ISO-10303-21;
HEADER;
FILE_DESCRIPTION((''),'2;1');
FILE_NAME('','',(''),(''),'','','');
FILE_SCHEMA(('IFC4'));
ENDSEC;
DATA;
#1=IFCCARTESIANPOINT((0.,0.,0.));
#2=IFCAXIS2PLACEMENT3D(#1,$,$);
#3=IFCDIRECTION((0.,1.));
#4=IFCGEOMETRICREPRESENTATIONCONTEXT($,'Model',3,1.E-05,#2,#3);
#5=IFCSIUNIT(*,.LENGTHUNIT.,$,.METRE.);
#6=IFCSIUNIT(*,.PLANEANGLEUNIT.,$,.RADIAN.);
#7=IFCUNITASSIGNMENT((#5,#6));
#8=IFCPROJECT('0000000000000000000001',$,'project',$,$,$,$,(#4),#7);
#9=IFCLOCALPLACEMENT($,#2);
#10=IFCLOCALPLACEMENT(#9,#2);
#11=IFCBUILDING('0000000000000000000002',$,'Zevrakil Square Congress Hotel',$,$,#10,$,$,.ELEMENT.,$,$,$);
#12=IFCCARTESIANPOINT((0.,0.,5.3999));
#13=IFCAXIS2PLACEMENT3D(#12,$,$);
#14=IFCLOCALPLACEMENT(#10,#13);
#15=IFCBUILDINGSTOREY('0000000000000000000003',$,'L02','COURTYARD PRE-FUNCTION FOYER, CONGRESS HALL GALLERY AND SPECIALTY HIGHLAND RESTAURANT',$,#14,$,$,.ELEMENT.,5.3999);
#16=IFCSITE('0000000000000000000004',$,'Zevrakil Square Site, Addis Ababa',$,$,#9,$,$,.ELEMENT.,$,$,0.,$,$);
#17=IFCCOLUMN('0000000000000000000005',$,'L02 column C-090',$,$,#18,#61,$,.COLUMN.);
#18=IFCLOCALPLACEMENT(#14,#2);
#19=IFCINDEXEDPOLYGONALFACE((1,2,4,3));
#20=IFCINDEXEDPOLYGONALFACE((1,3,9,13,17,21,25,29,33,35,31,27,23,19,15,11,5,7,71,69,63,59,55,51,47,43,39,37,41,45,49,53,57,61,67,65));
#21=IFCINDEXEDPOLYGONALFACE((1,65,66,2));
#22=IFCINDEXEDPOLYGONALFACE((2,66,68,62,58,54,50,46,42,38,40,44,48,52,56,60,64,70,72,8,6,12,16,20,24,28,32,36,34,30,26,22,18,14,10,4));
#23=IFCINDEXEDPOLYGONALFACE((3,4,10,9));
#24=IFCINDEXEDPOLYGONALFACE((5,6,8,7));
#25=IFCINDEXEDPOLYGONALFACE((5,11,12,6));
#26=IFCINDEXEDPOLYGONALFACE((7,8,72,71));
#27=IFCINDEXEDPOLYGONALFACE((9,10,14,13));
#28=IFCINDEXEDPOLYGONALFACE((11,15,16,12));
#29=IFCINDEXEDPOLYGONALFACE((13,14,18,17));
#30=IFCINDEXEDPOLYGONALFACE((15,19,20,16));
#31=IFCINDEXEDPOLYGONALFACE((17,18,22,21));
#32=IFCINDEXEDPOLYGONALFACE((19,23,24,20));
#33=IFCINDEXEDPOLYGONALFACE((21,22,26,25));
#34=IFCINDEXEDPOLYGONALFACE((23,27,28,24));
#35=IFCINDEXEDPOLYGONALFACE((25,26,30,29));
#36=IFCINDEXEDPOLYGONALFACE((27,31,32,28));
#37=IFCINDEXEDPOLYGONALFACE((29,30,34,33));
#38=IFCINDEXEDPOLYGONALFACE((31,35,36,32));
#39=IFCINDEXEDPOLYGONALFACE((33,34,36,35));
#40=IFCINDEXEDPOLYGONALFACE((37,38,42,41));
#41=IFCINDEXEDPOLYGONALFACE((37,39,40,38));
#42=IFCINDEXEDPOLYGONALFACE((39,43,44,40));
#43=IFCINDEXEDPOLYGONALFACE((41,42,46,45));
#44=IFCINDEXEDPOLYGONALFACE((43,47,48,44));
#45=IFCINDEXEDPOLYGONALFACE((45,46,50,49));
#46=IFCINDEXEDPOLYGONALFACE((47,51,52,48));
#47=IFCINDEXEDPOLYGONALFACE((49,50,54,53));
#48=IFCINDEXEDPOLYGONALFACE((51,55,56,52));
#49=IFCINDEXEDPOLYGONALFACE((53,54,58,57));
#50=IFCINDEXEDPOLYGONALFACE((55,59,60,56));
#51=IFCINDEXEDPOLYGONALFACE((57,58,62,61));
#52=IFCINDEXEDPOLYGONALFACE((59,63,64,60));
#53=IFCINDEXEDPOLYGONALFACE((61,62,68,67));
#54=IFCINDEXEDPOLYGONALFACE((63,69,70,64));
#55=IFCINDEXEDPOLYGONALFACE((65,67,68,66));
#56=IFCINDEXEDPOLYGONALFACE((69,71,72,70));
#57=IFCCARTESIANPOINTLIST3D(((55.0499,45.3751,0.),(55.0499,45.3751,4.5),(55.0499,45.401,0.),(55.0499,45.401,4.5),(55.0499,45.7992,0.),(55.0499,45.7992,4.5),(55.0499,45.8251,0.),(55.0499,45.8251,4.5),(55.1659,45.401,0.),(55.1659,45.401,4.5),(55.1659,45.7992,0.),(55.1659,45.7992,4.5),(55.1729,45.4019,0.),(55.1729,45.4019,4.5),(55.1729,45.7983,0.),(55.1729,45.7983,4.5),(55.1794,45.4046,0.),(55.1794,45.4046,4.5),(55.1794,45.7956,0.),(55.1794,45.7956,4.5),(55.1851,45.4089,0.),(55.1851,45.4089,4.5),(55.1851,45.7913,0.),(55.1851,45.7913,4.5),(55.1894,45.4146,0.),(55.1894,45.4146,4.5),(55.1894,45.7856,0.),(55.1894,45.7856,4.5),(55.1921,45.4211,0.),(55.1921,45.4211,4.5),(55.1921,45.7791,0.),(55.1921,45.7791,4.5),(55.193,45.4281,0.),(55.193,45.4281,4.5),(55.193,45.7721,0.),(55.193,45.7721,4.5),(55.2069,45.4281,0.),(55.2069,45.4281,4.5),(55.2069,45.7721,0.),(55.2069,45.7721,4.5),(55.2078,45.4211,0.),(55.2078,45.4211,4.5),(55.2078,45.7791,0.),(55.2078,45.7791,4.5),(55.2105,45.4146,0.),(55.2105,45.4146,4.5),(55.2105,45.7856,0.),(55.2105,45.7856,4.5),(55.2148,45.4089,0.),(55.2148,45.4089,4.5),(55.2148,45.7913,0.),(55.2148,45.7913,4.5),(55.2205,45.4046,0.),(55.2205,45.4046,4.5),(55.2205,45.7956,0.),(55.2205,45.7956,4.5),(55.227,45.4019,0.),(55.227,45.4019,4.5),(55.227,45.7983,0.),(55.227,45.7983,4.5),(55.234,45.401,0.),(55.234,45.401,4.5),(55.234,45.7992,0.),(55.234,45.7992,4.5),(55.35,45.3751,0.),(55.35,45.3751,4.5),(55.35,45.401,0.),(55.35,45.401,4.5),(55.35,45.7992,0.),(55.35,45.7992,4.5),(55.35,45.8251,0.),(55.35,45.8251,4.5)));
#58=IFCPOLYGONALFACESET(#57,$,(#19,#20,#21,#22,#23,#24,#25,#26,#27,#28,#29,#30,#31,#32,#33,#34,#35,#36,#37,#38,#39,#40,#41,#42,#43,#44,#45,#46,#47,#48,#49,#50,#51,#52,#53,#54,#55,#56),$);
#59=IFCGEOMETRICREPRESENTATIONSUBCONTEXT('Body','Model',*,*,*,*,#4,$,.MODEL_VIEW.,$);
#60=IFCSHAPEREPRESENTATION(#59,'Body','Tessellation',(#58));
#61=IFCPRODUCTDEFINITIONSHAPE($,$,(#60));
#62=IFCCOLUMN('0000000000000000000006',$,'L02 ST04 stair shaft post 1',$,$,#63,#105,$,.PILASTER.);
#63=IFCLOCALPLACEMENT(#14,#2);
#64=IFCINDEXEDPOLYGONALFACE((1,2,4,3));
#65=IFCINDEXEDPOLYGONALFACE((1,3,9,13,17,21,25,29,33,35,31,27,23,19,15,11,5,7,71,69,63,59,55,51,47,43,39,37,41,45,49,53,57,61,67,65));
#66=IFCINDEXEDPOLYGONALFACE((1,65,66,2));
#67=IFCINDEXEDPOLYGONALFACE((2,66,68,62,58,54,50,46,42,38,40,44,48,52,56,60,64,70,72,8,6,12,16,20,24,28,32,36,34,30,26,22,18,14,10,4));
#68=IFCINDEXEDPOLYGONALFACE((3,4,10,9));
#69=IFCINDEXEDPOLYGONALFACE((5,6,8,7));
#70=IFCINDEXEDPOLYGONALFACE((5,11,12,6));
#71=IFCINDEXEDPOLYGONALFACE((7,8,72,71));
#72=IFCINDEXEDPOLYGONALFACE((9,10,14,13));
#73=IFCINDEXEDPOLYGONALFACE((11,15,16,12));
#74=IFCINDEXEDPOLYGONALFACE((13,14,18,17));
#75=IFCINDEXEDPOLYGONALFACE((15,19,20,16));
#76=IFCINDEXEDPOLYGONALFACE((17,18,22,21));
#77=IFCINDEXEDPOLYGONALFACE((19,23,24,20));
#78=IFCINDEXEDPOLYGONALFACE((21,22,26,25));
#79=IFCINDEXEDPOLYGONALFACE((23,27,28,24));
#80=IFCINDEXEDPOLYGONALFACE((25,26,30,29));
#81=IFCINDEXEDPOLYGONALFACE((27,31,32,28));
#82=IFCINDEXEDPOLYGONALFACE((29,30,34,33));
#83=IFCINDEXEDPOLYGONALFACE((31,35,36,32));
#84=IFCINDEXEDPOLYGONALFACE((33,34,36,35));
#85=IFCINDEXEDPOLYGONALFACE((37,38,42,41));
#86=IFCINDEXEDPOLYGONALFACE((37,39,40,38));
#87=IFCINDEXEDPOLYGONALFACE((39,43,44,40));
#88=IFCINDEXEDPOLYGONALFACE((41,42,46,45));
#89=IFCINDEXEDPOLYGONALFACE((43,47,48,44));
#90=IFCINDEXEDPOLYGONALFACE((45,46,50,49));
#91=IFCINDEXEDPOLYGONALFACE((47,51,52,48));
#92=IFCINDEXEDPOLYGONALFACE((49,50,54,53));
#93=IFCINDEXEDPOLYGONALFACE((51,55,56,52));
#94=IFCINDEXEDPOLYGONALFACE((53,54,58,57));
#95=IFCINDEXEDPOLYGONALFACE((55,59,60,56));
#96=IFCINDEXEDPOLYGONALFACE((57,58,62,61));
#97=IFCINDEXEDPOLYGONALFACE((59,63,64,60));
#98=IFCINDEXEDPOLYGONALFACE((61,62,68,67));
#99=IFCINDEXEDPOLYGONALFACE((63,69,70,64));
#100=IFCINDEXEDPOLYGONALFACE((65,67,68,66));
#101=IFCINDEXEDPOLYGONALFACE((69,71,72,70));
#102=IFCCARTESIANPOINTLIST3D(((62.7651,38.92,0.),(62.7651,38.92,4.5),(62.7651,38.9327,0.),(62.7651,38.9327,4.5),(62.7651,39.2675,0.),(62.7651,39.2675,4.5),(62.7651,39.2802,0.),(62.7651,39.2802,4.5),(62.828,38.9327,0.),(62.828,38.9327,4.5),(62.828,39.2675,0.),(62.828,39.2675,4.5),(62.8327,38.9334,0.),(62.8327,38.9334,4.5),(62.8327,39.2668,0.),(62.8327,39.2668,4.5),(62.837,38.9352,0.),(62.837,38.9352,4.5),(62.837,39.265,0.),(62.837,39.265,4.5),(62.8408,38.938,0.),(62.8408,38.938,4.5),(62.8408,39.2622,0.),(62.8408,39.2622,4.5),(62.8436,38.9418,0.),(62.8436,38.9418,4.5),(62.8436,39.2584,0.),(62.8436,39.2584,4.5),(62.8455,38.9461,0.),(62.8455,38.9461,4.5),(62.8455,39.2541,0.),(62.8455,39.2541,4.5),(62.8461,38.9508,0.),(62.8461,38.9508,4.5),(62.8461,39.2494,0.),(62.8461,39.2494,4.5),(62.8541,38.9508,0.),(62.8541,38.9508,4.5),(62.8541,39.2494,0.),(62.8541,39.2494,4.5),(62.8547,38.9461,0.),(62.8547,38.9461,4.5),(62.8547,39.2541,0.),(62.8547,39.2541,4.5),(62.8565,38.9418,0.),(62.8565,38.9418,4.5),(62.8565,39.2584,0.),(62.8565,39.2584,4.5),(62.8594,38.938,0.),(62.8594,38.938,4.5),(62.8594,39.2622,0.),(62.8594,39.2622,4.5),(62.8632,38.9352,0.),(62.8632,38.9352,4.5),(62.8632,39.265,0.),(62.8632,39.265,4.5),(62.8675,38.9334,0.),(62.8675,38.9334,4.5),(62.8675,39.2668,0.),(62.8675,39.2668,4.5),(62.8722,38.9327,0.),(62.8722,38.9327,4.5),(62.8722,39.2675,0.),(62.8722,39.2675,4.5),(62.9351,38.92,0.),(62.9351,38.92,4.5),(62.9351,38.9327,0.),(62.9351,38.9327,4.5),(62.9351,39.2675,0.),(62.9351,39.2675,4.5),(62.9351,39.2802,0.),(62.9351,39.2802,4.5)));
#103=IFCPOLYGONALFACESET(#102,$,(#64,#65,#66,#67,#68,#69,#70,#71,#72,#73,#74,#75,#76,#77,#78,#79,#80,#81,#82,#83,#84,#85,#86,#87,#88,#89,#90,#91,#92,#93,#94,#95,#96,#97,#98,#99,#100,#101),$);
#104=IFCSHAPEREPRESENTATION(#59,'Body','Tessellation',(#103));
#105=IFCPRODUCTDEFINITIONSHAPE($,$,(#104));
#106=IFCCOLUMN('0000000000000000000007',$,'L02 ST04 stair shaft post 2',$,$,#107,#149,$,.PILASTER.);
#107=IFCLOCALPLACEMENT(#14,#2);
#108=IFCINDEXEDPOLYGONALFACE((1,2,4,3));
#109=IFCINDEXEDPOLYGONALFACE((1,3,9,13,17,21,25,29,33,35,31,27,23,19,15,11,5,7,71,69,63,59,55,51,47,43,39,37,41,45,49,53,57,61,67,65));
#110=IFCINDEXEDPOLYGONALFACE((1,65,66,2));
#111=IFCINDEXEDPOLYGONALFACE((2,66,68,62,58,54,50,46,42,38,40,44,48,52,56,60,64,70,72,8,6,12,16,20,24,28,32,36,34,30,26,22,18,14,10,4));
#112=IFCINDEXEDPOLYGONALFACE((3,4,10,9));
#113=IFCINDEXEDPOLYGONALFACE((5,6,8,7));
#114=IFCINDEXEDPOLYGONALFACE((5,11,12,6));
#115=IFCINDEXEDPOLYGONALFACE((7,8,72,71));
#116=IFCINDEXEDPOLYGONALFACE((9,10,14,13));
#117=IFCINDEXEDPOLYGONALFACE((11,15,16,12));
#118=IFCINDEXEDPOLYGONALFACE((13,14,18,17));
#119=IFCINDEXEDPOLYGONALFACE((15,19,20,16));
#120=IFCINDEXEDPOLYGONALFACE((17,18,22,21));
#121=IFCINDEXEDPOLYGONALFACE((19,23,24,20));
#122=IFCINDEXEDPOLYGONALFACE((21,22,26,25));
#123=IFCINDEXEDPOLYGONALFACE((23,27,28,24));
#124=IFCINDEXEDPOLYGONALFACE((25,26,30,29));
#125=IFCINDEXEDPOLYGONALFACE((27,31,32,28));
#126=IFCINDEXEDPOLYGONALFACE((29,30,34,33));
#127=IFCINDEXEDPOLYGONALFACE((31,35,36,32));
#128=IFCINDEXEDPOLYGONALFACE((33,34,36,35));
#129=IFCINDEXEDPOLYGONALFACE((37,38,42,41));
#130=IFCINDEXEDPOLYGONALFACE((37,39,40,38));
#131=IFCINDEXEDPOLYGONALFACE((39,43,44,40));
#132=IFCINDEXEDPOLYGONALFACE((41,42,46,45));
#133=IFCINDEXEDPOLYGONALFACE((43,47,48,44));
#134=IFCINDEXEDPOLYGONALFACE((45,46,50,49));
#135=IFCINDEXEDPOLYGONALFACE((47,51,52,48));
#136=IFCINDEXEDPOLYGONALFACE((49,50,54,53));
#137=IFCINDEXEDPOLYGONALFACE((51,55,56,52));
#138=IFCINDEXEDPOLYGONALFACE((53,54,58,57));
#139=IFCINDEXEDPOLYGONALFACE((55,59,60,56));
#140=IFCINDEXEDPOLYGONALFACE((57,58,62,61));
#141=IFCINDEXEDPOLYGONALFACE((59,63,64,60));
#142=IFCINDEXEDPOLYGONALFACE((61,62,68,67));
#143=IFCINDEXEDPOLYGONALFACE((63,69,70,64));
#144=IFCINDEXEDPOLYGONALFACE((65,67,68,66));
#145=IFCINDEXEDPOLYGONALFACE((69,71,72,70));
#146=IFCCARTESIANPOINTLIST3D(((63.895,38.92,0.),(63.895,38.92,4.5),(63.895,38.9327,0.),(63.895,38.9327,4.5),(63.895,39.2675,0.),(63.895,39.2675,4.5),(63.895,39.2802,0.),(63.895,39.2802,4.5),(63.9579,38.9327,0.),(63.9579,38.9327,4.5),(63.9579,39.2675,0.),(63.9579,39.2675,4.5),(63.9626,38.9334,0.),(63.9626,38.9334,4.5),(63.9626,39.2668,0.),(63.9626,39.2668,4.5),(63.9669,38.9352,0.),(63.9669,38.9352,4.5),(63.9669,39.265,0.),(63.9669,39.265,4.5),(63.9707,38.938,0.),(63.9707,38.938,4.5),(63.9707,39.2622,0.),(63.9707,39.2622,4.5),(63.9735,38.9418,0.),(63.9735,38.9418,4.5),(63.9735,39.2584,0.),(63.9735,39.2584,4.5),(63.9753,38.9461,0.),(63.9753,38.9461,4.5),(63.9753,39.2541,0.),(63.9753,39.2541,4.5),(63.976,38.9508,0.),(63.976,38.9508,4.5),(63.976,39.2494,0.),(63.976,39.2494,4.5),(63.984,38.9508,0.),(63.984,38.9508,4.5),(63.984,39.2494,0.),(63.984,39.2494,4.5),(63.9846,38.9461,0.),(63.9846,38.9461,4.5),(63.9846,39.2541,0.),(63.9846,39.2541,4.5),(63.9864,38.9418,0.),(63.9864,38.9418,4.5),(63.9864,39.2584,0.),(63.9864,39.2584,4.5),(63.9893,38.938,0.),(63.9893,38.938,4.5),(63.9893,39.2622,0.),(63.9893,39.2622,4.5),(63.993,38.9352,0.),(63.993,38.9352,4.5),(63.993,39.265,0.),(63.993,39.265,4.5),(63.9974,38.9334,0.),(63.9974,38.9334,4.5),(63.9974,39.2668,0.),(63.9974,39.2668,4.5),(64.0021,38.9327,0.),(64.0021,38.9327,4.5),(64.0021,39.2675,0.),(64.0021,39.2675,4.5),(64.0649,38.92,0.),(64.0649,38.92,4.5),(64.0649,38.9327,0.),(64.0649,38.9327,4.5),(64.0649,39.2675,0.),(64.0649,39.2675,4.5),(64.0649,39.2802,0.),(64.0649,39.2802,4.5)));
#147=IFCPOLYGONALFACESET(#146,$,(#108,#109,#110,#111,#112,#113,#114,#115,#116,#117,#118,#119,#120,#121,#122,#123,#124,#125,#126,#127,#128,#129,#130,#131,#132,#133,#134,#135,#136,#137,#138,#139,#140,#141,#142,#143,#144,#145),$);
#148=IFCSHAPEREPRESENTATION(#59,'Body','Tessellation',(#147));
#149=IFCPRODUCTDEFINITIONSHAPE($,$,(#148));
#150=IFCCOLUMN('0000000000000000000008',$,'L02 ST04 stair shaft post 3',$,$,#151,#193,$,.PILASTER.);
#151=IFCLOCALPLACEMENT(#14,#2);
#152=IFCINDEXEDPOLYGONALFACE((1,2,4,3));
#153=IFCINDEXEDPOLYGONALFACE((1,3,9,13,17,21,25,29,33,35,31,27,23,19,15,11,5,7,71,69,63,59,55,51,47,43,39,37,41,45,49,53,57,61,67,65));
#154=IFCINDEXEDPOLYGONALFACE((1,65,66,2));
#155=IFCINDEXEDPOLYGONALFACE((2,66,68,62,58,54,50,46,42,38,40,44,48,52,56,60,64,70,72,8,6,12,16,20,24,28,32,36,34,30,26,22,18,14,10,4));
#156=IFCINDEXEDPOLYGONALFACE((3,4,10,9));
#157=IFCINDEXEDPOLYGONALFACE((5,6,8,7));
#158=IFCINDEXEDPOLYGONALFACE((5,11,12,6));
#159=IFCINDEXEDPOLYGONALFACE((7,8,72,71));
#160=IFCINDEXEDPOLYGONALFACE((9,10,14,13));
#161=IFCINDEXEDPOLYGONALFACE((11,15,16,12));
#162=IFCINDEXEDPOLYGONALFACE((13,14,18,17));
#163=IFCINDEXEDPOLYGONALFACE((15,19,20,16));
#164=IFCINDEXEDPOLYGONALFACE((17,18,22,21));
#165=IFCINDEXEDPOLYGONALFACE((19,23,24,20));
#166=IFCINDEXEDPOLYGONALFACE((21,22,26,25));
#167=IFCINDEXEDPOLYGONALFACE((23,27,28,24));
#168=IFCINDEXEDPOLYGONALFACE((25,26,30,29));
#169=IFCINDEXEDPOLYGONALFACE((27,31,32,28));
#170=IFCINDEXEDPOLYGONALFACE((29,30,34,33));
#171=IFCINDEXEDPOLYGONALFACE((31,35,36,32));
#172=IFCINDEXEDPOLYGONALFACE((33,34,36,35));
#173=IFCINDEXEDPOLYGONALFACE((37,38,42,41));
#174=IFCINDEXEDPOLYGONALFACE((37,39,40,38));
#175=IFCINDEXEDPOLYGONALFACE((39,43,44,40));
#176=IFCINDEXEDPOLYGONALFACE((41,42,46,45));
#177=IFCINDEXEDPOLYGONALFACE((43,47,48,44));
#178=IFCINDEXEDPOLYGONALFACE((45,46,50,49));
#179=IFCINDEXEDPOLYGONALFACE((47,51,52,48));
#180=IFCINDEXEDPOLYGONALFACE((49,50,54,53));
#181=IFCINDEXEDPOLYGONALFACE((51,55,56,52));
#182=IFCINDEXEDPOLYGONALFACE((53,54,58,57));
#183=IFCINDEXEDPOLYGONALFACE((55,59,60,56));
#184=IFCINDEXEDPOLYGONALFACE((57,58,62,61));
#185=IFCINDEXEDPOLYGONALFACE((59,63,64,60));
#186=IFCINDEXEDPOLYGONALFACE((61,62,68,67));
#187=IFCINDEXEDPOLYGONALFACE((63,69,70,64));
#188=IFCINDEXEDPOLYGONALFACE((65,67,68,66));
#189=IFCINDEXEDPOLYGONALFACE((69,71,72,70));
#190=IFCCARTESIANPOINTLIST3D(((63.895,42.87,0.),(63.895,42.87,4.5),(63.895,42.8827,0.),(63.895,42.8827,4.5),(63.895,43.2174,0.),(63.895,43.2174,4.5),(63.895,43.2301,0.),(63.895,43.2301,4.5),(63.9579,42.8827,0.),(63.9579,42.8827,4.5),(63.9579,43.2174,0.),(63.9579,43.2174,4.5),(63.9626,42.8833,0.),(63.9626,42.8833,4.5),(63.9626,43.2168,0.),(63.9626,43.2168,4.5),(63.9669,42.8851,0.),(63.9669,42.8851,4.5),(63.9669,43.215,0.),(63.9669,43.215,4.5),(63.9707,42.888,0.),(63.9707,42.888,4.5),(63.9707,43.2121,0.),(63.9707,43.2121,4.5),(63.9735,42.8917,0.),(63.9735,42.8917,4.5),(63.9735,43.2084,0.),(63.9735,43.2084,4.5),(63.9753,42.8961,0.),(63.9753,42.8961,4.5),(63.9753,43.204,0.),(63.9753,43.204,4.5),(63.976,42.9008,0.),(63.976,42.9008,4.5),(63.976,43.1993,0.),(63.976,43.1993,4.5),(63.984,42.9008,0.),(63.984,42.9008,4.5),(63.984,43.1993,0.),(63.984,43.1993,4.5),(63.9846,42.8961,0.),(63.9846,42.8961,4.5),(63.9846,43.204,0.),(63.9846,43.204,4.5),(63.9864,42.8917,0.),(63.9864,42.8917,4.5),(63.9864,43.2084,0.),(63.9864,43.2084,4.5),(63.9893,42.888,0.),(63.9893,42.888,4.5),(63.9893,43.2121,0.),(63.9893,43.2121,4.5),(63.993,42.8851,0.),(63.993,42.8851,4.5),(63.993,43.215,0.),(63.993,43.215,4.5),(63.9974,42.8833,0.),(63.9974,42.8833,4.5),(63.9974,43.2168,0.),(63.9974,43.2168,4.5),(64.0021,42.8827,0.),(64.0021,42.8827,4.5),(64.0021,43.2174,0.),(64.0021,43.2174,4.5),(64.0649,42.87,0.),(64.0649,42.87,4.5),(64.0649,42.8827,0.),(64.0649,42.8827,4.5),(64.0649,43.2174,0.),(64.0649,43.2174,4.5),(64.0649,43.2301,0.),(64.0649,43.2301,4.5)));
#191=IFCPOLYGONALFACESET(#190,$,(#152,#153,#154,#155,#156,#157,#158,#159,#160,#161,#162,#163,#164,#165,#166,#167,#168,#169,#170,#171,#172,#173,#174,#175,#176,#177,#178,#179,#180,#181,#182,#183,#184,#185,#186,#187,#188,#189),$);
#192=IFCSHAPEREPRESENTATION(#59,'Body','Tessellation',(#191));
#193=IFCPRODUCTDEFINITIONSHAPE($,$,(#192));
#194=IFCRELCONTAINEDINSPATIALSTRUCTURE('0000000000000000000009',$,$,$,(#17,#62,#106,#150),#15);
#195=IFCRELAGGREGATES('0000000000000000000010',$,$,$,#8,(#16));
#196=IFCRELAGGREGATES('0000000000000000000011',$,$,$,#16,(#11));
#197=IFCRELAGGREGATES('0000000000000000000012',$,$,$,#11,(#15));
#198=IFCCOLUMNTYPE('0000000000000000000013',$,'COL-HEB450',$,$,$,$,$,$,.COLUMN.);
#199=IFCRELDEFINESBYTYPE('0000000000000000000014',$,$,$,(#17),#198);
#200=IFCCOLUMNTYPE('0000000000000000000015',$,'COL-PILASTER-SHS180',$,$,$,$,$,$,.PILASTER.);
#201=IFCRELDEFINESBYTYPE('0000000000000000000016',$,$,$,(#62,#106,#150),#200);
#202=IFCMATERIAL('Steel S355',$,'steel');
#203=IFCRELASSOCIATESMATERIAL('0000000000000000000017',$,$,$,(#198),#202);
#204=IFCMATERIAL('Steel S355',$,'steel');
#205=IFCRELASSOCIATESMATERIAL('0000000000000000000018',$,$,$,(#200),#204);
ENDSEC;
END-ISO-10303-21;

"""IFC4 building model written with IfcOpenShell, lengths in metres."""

from ifc_helpers import new_model, si_unit, direction, frame, origin, origin_2d, place, context, subcontext, project, spatial, i_section, extrude, material, material_profile, profile_set, type_object, element, save


model = new_model("IFC4")

# Units and contexts
model_context = context("Model", 3, precision=1e-05, world=origin(), true_north=direction((0.0, 1.0)))
body_context = subcontext(model_context, "Body", "Model", "MODEL_VIEW")
ifc_project = project(units=[si_unit("LENGTHUNIT", "METRE"), si_unit("PLANEANGLEUNIT", "RADIAN")], contexts=[model_context])

# Site, building, storey
site_placement = place(None, origin())
site = spatial("IfcSite", under=ifc_project, at=site_placement, Name="Zevrakil Square Site, Addis Ababa", CompositionType="ELEMENT", RefElevation=0.0)
building_placement = place(site_placement, origin())
building = spatial("IfcBuilding", under=site, at=building_placement, Name="Zevrakil Square Congress Hotel", CompositionType="ELEMENT")
storey_placement = place(building_placement, frame((0.0, 0.0, 5.3999)))
storey = spatial("IfcBuildingStorey", under=building, at=storey_placement, Name="L02", Description="COURTYARD PRE-FUNCTION FOYER, CONGRESS HALL GALLERY AND SPECIALTY HIGHLAND RESTAURANT", CompositionType="ELEMENT", Elevation=5.3999)

# Columns
ifc_material_1 = material(Name="Steel S355", Category="steel")
ifc_material_profile_1 = material_profile(ifc_material_1, i_section(OverallWidth=0.3, OverallDepth=0.45, WebThickness=0.0139, FlangeThickness=0.0259, FilletRadius=0.0271, at=origin_2d()), Name="HEB 450")
ifc_profile_set_1 = profile_set([ifc_material_profile_1], Name="Steel S355")
column_type_1 = type_object("IfcColumnType", Name="COL-HEB450", PredefinedType="COLUMN", material=ifc_profile_set_1)
column_1_placement = place(storey_placement, frame((55.2, 45.6001, 0.0), z_axis=(0.0, 0.0, 1.0), x_axis=(1.0, 0.0, 0.0)))
element("IfcColumn", 1, at=column_1_placement, inside=storey, type_object=column_type_1, Name="L02 column C-090", PredefinedType="COLUMN", context=body_context, shape_type="SweptSolid", body=[
    extrude(i_section(OverallWidth=0.3, OverallDepth=0.45, WebThickness=0.0139, FlangeThickness=0.0259, FilletRadius=0.0271, at=origin_2d()), origin(), (0.0, 0.0, 1.0), 4.5),
])
ifc_material_2 = material(Name="Steel S355", Category="steel")
ifc_material_profile_2 = material_profile(ifc_material_2, i_section(OverallWidth=0.1699, OverallDepth=0.3601, WebThickness=0.0081, FlangeThickness=0.0127, FilletRadius=0.0181, at=origin_2d()), Name="IPE 360")
ifc_profile_set_2 = profile_set([ifc_material_profile_2], Name="Steel S355")
column_type_2 = type_object("IfcColumnType", Name="COL-PILASTER-SHS180", PredefinedType="PILASTER", material=ifc_profile_set_2)
for number, where, z_axis, x_axis, name in (
    (2, (62.8501, 39.1001, 0.0), (0.0, 0.0, 1.0), (1.0, 0.0, 0.0), "L02 ST04 stair shaft post 1"),
    (3, (63.98, 39.1001, 0.0), (0.0, 0.0, 1.0), (1.0, 0.0, 0.0), "L02 ST04 stair shaft post 2"),
    (4, (63.98, 43.05, 0.0), (0.0, 0.0, 1.0), (1.0, 0.0, 0.0), "L02 ST04 stair shaft post 3"),
):
    element("IfcColumn", number, at=place(storey_placement, frame(where, z_axis=z_axis, x_axis=x_axis)), inside=storey, type_object=column_type_2, Name=name, PredefinedType="PILASTER", context=body_context, shape_type="SweptSolid", body=[
        extrude(i_section(OverallWidth=0.1699, OverallDepth=0.3601, WebThickness=0.0081, FlangeThickness=0.0127, FilletRadius=0.0181, at=origin_2d()), origin(), (0.0, 0.0, 1.0), 4.5),
    ])

save(model, "model.ifc")
